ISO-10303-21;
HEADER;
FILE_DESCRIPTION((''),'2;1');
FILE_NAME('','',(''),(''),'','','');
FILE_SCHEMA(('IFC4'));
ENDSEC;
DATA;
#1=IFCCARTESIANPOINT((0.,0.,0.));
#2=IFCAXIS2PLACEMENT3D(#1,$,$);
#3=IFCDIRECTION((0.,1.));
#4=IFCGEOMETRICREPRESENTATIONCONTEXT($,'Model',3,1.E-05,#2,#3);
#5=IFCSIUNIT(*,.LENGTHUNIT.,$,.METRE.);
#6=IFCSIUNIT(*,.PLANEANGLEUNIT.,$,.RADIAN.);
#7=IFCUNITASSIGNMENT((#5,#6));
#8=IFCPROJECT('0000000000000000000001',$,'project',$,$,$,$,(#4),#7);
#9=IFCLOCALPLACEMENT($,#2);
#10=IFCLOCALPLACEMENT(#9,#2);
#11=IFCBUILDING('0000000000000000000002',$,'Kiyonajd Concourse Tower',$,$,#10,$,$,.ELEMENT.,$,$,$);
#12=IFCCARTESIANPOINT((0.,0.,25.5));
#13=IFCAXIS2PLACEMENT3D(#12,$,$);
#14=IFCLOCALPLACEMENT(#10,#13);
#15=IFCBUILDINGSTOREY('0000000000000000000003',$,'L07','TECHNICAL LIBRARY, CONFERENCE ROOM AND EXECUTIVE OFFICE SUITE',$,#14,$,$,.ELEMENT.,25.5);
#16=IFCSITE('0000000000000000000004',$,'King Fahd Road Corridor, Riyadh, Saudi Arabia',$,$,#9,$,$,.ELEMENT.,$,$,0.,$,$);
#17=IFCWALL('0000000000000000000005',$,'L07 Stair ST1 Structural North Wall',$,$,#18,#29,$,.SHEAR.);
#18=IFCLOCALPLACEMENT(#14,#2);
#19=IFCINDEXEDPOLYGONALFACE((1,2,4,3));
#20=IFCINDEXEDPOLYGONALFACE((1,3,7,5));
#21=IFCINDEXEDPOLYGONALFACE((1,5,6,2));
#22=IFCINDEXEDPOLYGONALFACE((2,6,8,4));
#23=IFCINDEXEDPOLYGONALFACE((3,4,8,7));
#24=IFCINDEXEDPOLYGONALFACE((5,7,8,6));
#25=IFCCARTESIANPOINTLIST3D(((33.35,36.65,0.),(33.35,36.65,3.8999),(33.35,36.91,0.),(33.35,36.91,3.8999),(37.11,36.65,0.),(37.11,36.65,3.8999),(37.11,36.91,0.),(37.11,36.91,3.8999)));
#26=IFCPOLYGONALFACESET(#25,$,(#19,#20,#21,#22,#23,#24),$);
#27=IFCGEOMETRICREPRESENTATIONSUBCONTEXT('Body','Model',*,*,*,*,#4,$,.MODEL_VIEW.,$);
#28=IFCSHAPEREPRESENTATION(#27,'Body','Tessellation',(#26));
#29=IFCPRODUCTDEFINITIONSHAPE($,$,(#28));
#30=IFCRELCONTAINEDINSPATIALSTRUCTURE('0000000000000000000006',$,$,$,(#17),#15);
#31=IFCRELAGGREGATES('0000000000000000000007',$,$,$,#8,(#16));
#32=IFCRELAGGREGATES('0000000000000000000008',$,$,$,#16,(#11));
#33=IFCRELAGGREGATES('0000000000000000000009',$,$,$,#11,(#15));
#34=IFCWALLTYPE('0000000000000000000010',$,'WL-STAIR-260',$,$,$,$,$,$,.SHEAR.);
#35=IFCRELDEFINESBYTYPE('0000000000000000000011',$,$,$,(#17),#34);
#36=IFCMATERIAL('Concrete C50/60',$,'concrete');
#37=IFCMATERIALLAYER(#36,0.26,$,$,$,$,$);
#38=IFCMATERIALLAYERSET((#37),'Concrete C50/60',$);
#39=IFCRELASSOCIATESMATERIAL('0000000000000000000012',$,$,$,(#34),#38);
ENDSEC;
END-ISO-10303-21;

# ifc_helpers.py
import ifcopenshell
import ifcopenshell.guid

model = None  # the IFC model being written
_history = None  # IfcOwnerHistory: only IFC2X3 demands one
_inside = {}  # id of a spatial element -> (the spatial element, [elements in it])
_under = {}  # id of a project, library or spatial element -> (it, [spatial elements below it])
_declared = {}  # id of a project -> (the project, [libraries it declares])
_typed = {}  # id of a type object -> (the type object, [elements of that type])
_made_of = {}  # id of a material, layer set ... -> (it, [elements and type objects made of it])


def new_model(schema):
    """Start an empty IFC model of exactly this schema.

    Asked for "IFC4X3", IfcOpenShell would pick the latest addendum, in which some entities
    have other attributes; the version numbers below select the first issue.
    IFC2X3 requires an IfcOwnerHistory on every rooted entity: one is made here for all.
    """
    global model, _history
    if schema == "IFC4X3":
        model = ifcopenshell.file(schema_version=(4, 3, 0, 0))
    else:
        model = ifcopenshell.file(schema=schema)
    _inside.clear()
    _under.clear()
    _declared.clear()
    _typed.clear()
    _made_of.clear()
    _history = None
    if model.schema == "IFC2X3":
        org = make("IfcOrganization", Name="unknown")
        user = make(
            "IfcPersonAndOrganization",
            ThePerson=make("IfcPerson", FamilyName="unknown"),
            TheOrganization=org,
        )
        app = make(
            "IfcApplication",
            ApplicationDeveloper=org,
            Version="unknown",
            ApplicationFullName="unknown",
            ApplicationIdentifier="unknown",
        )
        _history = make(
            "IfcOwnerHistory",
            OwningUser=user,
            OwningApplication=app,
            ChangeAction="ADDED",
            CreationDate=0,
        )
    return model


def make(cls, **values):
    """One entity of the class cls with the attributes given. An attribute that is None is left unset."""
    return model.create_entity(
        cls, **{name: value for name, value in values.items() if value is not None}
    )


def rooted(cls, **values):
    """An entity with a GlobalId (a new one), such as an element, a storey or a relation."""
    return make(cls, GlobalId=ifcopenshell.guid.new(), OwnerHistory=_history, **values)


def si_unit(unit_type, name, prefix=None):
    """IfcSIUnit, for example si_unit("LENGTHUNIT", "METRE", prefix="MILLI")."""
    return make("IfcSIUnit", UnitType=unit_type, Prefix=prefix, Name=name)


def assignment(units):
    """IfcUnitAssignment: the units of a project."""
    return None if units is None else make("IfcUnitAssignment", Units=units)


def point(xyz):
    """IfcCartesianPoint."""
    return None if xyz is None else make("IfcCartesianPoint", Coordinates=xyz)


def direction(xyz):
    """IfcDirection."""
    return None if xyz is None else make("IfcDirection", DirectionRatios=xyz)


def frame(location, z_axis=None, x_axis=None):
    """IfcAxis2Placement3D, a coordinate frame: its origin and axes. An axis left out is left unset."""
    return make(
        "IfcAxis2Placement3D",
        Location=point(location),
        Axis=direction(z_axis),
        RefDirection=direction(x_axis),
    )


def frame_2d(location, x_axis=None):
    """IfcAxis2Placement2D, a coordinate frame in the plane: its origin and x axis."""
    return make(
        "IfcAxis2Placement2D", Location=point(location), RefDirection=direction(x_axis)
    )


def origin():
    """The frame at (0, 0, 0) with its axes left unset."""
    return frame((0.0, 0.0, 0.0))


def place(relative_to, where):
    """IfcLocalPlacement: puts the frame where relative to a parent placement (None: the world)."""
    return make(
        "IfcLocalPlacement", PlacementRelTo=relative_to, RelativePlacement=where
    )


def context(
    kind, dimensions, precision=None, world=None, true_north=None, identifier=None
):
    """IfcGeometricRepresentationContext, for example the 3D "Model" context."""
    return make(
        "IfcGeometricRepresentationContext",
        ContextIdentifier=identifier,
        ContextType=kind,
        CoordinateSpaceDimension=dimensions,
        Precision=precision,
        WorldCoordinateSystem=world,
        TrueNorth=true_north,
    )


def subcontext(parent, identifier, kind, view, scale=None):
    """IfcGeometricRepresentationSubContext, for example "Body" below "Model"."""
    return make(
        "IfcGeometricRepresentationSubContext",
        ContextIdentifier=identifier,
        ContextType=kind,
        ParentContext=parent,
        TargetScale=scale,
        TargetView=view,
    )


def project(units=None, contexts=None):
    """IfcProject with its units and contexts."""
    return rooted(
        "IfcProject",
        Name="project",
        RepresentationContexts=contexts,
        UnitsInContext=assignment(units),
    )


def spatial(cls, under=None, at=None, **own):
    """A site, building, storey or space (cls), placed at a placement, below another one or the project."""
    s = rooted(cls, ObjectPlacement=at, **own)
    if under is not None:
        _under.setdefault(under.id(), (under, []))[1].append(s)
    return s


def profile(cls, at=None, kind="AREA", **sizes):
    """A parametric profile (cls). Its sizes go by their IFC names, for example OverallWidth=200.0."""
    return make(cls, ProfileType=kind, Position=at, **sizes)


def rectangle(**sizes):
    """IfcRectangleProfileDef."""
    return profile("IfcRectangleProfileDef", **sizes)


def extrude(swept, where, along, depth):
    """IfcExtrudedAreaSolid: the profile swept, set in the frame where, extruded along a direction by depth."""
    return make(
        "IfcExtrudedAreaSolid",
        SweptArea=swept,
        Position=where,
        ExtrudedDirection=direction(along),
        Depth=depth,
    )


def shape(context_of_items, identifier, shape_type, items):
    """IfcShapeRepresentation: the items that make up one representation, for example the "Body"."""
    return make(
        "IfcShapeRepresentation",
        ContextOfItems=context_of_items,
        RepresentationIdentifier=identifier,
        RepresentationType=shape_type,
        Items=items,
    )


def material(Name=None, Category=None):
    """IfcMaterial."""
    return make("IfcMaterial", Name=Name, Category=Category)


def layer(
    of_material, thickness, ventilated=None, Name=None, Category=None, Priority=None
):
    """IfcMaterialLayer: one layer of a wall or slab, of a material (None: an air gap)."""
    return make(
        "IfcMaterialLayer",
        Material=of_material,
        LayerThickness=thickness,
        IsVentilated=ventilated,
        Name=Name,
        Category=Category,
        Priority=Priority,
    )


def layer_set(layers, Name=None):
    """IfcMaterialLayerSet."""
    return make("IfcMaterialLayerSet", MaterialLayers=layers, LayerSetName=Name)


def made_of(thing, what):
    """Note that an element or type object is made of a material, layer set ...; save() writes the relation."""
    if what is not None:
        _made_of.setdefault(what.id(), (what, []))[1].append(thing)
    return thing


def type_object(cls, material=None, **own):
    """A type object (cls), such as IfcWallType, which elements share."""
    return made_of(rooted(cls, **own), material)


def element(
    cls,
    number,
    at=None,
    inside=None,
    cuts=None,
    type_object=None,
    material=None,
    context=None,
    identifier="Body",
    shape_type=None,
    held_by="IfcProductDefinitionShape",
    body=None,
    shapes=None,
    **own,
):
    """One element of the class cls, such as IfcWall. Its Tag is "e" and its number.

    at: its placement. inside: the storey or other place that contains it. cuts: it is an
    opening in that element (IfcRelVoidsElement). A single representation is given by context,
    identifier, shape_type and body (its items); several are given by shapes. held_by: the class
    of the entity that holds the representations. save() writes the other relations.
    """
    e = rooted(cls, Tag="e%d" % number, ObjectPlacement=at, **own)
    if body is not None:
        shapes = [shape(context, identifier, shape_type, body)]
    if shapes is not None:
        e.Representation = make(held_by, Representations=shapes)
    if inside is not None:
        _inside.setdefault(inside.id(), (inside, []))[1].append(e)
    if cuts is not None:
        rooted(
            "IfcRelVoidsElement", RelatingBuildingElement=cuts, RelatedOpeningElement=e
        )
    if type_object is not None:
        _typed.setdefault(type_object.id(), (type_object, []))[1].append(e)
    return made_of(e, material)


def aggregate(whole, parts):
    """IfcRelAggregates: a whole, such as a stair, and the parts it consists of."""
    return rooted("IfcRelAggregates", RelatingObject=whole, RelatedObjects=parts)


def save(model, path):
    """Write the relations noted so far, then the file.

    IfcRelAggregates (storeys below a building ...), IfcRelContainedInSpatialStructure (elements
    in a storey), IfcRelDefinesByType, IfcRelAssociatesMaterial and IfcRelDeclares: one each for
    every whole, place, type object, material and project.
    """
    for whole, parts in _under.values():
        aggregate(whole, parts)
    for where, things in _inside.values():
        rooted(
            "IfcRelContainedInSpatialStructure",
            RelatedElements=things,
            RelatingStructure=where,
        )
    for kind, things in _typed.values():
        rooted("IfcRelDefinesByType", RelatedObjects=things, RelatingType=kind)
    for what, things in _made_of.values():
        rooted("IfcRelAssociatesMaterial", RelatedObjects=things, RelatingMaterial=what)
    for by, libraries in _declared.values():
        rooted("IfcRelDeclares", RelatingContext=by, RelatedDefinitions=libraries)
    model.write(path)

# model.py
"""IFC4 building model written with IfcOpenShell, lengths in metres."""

from ifc_helpers import new_model, si_unit, direction, frame, frame_2d, origin, place, context, subcontext, project, spatial, rectangle, extrude, material, layer, layer_set, type_object, element, save


model = new_model("IFC4")

# Units and contexts
model_context = context("Model", 3, precision=1e-05, world=origin(), true_north=direction((0.0, 1.0)))
body_context = subcontext(model_context, "Body", "Model", "MODEL_VIEW")
ifc_project = project(units=[si_unit("LENGTHUNIT", "METRE"), si_unit("PLANEANGLEUNIT", "RADIAN")], contexts=[model_context])

# Site, building, storey
site_placement = place(None, origin())
site = spatial("IfcSite", under=ifc_project, at=site_placement, Name="King Fahd Road Corridor, Riyadh, Saudi Arabia", CompositionType="ELEMENT", RefElevation=0.0)
building_placement = place(site_placement, origin())
building = spatial("IfcBuilding", under=site, at=building_placement, Name="Kiyonajd Concourse Tower", CompositionType="ELEMENT")
storey_placement = place(building_placement, frame((0.0, 0.0, 25.5)))
storey = spatial("IfcBuildingStorey", under=building, at=storey_placement, Name="L07", Description="TECHNICAL LIBRARY, CONFERENCE ROOM AND EXECUTIVE OFFICE SUITE", CompositionType="ELEMENT", Elevation=25.5)

# Wall
ifc_material_1 = material(Name="Concrete C50/60", Category="concrete")
ifc_layer_1 = layer(ifc_material_1, 0.26)
ifc_layer_set_1 = layer_set([ifc_layer_1], Name="Concrete C50/60")
wall_type_1 = type_object("IfcWallType", Name="WL-STAIR-260", PredefinedType="SHEAR", material=ifc_layer_set_1)
wall_1_placement = place(storey_placement, frame((33.3501, 36.78, 0.0), z_axis=(0.0, 0.0, 1.0), x_axis=(1.0, 0.0, 0.0)))
element("IfcWall", 1, at=wall_1_placement, inside=storey, type_object=wall_type_1, Name="L07 Stair ST1 Structural North Wall", PredefinedType="SHEAR", context=body_context, shape_type="SweptSolid", body=[
    extrude(rectangle(XDim=3.76, YDim=0.26, at=frame_2d((1.8799, 0.0))), origin(), (0.0, 0.0, 1.0), 3.8999),
])

save(model, "model.ifc")
